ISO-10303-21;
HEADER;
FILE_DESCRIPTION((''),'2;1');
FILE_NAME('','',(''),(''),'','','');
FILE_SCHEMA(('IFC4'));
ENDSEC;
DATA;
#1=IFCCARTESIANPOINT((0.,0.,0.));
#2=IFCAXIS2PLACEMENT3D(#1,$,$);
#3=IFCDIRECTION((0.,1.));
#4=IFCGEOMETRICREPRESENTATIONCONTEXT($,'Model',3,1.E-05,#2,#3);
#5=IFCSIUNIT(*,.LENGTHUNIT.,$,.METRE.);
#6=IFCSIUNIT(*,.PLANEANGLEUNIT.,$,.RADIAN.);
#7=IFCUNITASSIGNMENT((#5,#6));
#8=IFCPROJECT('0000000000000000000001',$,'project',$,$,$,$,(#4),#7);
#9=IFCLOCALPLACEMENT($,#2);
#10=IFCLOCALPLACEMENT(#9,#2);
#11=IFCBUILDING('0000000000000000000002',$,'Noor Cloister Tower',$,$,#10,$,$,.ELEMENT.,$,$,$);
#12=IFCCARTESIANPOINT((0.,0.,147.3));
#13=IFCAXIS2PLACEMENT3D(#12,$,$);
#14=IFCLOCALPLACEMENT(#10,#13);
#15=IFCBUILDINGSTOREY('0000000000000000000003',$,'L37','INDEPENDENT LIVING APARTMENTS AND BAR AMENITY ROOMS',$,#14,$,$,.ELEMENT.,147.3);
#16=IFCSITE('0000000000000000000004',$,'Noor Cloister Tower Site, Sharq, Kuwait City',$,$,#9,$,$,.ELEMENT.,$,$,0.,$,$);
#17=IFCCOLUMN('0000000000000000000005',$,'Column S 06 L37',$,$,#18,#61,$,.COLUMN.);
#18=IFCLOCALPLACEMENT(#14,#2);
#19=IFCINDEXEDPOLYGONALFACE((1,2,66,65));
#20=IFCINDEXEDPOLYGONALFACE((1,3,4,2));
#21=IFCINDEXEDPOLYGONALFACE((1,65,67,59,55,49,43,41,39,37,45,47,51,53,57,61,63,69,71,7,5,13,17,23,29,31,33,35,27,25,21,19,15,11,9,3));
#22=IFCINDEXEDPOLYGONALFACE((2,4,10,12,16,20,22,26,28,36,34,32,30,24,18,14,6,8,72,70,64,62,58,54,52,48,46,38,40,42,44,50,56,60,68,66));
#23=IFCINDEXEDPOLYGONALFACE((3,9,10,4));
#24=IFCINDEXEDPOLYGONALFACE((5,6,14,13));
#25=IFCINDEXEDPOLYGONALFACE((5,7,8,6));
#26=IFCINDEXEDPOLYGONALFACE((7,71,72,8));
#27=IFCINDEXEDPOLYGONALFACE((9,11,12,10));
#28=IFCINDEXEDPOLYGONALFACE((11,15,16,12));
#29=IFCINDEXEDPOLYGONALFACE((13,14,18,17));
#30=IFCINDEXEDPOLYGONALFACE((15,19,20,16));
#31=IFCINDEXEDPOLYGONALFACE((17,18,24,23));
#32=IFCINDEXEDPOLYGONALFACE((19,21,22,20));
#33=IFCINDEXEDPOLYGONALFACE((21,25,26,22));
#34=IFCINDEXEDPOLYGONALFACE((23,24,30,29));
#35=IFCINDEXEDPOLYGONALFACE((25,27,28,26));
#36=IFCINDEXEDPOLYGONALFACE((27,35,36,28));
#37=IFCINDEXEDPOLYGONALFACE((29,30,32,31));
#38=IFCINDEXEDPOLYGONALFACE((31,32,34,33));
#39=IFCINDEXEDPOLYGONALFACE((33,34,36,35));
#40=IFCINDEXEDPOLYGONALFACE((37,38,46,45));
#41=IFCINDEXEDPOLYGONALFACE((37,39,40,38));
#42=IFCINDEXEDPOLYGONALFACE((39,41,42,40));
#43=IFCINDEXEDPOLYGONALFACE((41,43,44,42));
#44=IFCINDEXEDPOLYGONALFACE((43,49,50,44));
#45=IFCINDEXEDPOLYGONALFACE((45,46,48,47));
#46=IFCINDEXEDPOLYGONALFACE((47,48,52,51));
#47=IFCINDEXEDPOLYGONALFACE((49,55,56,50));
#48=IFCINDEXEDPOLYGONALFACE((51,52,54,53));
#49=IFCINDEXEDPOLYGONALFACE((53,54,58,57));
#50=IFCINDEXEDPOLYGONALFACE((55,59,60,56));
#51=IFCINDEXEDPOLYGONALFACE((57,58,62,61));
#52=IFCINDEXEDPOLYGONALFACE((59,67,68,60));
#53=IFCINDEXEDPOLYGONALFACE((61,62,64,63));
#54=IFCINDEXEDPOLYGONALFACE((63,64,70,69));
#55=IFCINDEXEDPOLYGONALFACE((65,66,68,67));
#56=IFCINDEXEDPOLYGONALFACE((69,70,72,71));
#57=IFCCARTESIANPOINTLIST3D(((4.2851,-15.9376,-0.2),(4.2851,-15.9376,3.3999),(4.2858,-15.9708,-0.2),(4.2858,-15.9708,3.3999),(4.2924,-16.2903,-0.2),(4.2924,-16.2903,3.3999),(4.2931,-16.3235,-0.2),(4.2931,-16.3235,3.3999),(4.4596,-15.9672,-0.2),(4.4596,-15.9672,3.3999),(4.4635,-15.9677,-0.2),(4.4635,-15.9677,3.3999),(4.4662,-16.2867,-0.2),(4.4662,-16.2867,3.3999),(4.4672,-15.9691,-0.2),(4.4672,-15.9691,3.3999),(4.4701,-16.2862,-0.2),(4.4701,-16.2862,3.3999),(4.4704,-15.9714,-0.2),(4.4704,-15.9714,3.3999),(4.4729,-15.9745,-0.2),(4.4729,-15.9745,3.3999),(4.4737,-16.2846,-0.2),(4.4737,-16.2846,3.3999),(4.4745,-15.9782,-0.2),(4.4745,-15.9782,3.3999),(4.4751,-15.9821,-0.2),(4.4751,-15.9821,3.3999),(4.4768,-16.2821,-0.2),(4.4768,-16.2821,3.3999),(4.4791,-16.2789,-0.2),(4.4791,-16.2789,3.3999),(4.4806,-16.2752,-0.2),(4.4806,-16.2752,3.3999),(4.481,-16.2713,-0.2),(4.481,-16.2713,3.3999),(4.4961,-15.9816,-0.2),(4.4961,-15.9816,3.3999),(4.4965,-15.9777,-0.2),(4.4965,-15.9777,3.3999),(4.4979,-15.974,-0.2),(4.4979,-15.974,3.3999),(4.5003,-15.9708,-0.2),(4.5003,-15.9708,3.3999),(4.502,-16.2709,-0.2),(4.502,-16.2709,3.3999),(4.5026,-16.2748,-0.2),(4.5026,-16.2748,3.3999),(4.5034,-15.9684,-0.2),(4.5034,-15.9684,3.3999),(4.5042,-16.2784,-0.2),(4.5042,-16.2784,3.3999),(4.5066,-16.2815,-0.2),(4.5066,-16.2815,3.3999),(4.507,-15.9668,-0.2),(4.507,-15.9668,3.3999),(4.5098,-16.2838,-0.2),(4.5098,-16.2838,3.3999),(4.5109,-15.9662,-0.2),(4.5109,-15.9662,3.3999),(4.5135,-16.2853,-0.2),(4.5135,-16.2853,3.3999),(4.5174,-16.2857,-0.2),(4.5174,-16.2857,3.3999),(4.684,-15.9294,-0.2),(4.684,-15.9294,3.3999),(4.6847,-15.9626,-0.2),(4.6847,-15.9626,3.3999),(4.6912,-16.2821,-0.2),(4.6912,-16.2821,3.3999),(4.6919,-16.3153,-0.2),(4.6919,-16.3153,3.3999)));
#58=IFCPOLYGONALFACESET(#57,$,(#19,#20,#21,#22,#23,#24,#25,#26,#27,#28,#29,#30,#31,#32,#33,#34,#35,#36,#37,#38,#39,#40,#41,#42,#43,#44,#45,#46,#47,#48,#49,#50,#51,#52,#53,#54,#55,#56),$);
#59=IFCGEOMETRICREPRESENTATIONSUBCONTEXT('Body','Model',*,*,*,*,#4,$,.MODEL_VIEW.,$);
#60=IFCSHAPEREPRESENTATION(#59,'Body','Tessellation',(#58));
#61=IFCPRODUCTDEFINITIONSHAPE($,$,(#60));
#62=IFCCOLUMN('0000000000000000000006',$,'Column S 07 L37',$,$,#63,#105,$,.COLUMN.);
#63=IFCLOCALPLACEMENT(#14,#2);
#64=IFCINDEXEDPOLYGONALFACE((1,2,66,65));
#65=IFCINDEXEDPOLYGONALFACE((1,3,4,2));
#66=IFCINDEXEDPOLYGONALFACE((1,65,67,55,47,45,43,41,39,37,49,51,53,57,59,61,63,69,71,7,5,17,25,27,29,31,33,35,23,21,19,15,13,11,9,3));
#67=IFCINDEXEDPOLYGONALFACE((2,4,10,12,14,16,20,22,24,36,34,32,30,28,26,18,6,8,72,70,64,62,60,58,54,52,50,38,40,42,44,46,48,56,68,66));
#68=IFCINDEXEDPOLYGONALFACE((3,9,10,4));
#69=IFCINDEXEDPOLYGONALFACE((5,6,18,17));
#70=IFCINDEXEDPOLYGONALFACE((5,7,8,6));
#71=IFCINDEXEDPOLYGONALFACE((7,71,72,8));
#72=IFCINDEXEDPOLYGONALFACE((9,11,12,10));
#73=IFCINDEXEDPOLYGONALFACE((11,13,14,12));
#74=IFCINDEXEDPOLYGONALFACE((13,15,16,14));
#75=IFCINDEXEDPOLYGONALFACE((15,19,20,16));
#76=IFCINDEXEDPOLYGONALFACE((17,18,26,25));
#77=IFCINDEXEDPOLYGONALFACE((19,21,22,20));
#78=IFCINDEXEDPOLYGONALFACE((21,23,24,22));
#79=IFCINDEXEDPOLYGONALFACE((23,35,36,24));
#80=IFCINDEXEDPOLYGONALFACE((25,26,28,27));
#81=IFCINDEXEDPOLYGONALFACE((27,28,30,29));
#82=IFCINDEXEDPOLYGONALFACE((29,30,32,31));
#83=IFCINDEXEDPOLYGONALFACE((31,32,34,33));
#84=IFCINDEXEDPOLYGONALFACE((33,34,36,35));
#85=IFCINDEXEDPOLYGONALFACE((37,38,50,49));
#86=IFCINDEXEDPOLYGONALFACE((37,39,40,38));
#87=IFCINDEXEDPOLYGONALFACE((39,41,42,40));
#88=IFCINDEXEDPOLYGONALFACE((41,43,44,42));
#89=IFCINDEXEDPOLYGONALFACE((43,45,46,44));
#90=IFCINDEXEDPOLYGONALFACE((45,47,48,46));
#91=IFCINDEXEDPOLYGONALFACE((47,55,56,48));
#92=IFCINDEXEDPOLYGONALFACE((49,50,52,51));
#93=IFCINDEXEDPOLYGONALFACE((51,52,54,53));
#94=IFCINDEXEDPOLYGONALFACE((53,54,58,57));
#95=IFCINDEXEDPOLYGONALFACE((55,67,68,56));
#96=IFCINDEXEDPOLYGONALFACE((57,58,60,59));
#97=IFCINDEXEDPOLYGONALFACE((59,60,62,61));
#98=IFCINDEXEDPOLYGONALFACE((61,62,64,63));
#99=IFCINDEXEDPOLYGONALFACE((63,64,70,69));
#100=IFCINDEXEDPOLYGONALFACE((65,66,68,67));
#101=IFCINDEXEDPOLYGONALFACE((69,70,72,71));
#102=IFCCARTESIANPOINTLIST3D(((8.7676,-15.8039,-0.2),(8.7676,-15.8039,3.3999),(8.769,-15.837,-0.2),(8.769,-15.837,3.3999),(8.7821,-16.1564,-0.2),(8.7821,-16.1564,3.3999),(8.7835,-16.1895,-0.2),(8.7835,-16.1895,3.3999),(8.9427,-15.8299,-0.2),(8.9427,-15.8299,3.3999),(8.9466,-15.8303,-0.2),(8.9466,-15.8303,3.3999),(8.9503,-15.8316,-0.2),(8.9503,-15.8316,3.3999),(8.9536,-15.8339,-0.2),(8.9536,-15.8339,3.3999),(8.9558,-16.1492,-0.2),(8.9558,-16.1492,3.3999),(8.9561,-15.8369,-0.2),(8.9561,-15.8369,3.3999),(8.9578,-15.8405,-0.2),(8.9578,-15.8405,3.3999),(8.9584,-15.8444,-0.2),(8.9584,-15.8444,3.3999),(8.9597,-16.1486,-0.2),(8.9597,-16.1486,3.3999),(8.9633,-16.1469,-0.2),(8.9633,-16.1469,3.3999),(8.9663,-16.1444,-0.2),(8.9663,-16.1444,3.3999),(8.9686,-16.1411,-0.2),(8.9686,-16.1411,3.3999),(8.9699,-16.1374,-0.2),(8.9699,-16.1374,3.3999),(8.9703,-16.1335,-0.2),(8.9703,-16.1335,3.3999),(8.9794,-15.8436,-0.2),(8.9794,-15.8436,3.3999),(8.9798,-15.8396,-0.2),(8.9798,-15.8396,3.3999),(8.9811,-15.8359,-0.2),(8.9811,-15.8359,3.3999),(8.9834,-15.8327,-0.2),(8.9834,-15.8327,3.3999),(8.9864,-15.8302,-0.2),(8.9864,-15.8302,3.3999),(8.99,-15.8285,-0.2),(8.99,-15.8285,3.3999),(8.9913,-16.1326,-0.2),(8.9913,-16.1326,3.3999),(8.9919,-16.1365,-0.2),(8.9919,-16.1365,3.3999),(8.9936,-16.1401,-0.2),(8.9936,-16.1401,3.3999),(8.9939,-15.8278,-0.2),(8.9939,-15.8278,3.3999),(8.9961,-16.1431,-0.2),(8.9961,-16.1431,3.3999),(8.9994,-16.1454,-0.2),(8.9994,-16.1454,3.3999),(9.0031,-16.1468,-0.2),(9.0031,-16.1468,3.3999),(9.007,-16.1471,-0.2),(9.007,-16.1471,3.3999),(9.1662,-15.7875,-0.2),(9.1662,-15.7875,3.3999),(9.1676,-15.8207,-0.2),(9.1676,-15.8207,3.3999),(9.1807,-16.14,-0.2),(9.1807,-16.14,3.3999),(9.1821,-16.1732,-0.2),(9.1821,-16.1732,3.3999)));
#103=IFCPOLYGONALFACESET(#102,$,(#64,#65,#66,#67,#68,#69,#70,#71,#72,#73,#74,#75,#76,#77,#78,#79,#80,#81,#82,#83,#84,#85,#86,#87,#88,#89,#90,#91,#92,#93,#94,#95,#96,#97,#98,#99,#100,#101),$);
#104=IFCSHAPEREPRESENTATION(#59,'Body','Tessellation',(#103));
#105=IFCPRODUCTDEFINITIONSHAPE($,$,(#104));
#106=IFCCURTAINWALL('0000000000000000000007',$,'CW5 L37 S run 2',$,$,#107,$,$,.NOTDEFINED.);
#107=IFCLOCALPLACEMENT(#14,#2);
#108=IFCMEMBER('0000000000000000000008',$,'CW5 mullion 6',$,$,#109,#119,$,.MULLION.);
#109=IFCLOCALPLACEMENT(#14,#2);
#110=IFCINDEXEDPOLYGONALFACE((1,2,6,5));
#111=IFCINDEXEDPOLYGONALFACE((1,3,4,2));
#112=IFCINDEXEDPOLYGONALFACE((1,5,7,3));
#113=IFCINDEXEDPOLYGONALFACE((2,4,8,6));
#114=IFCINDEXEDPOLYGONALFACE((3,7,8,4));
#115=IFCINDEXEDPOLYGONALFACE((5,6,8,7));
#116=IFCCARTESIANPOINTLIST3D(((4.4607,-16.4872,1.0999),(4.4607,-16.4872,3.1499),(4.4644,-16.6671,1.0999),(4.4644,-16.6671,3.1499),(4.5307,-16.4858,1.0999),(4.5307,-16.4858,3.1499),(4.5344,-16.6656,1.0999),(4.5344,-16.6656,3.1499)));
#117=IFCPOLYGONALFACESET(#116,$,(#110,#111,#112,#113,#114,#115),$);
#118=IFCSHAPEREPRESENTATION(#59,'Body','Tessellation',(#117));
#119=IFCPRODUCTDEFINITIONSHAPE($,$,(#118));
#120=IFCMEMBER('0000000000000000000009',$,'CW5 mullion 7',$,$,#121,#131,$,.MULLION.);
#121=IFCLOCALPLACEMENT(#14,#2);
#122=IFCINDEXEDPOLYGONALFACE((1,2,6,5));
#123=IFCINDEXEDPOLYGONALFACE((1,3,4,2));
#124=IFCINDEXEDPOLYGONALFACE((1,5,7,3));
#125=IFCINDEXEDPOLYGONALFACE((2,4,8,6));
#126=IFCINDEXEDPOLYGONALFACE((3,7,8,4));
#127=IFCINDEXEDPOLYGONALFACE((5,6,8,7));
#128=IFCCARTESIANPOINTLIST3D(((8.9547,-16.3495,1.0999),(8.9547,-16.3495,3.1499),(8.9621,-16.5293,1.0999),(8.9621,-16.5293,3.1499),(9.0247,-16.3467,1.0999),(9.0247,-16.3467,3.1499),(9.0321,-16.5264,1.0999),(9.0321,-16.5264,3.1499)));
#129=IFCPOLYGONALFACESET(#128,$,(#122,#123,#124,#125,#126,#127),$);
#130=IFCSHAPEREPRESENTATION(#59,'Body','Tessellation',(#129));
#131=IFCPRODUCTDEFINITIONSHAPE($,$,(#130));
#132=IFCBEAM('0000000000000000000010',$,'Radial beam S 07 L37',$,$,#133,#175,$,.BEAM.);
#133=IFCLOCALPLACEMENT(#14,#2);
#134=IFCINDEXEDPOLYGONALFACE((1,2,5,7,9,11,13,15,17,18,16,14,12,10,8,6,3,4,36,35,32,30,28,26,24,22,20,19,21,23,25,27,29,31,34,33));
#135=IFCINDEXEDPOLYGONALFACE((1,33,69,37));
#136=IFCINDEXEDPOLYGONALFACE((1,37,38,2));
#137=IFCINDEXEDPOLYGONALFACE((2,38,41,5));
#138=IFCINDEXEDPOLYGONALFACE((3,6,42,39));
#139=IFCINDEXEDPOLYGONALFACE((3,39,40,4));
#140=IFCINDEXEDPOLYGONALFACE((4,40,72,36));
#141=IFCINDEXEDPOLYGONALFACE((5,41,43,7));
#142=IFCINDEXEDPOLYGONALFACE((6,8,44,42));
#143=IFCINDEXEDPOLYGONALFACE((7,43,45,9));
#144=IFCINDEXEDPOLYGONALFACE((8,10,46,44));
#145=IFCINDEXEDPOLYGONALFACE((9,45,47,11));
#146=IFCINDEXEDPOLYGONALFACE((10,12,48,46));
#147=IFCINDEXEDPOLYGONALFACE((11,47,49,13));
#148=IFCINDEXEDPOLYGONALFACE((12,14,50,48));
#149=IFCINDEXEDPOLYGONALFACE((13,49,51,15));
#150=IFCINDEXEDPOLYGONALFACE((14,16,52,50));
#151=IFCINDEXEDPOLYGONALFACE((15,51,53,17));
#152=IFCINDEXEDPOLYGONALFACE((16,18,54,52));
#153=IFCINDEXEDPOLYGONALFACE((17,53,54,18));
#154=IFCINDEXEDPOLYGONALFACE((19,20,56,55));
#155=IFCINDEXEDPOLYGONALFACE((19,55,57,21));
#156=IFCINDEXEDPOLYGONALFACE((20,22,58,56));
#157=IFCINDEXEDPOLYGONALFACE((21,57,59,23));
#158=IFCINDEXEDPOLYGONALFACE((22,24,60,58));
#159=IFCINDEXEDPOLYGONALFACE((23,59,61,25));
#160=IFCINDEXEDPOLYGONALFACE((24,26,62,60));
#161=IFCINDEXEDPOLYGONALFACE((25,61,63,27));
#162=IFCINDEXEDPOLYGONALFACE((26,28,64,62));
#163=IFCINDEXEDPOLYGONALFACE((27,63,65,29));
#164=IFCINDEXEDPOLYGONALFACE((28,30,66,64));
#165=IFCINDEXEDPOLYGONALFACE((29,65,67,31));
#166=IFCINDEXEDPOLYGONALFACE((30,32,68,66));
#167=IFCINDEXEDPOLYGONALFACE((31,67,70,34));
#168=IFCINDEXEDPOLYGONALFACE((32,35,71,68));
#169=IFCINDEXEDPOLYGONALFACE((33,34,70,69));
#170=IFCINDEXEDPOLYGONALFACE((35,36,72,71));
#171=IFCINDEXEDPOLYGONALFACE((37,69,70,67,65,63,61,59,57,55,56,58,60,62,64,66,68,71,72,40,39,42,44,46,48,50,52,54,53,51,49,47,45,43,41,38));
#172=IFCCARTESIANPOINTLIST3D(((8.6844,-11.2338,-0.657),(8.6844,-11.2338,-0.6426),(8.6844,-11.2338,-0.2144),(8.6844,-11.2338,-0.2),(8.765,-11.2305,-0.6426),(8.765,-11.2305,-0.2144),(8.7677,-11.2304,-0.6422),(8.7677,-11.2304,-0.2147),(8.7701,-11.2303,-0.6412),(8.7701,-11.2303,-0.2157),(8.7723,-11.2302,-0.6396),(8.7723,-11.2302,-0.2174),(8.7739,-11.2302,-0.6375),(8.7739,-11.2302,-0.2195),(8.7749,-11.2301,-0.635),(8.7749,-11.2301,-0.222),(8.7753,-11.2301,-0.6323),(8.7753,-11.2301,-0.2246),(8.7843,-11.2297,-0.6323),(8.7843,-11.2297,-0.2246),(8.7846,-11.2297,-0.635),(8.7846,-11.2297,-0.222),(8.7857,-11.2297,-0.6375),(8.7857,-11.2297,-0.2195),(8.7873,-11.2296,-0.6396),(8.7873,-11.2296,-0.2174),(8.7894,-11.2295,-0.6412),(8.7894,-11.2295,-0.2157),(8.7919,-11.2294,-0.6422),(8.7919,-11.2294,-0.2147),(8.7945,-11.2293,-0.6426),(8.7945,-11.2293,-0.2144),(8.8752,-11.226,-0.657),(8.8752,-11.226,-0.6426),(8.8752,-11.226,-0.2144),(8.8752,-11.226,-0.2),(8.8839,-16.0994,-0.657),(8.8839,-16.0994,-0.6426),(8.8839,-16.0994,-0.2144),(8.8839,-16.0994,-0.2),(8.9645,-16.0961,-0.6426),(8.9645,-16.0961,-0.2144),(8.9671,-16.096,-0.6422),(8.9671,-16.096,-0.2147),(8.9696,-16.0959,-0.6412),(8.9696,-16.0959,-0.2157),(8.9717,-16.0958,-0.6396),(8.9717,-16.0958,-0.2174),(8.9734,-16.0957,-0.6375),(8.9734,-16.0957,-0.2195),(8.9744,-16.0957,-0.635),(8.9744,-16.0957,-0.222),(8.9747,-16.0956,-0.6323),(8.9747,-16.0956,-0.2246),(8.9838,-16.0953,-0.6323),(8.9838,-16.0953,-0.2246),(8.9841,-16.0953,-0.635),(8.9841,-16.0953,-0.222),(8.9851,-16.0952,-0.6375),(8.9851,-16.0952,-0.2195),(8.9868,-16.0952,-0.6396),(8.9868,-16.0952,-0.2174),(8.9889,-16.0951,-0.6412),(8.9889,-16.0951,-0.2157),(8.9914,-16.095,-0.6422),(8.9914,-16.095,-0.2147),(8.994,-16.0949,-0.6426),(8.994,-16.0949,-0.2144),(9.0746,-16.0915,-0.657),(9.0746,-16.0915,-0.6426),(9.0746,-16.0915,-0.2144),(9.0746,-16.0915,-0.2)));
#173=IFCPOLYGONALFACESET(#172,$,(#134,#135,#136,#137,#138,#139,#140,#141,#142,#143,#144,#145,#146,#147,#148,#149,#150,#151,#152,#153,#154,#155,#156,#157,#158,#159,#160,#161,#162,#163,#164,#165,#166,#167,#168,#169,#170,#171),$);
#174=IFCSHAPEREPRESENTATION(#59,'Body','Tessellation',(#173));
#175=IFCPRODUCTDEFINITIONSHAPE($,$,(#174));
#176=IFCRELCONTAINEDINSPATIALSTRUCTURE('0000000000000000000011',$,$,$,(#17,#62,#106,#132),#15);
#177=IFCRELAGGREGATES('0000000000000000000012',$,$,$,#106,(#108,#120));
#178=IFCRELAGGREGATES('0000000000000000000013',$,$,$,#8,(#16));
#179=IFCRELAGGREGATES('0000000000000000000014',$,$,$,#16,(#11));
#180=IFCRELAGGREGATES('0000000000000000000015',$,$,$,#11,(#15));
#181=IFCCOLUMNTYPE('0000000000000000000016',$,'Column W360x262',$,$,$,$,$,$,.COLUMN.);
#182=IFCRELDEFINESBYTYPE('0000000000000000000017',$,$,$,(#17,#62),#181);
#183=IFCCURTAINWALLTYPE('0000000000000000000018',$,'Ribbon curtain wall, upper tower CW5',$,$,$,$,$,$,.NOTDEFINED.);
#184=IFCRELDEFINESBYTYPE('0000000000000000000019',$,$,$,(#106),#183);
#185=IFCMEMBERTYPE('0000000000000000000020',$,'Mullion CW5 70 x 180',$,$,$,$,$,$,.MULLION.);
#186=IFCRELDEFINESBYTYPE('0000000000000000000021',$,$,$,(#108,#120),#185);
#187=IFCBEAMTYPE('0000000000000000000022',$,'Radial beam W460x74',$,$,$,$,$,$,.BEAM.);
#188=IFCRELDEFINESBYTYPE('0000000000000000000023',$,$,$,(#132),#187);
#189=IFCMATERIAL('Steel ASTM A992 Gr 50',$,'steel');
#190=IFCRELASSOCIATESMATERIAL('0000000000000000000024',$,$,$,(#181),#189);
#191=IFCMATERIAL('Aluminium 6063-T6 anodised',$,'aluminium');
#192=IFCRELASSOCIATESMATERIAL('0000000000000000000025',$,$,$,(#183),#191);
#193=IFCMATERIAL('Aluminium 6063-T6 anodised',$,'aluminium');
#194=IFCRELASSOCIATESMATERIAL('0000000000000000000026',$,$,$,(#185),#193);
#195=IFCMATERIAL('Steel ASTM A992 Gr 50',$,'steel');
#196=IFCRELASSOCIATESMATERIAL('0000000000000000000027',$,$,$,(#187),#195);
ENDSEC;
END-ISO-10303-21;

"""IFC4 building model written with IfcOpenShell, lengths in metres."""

from ifc_helpers import new_model, si_unit, direction, frame, origin, origin_2d, place, context, subcontext, project, spatial, rectangle, i_section, extrude, material, material_profile, profile_set, type_object, element, aggregate, save


model = new_model("IFC4")

# Units and contexts
model_context = context("Model", 3, precision=1e-05, world=origin(), true_north=direction((0.0, 1.0)))
body_context = subcontext(model_context, "Body", "Model", "MODEL_VIEW")
ifc_project = project(units=[si_unit("LENGTHUNIT", "METRE"), si_unit("PLANEANGLEUNIT", "RADIAN")], contexts=[model_context])

# Site, building, storey
site_placement = place(None, origin())
site = spatial("IfcSite", under=ifc_project, at=site_placement, Name="Noor Cloister Tower Site, Sharq, Kuwait City", CompositionType="ELEMENT", RefElevation=0.0)
building_placement = place(site_placement, origin())
building = spatial("IfcBuilding", under=site, at=building_placement, Name="Noor Cloister Tower", CompositionType="ELEMENT")
storey_placement = place(building_placement, frame((0.0, 0.0, 147.3)))
storey = spatial("IfcBuildingStorey", under=building, at=storey_placement, Name="L37", Description="INDEPENDENT LIVING APARTMENTS AND BAR AMENITY ROOMS", CompositionType="ELEMENT", Elevation=147.3)

# Columns
ifc_material_1 = material(Name="Steel ASTM A992 Gr 50", Category="steel")
ifc_material_profile_1 = material_profile(ifc_material_1, i_section(OverallWidth=0.3989, OverallDepth=0.386, WebThickness=0.021, FlangeThickness=0.0332, FilletRadius=0.0151, at=origin_2d()), Name="W360x262")
ifc_profile_set_1 = profile_set([ifc_material_profile_1], Name="Steel ASTM A992 Gr 50")
column_type = type_object("IfcColumnType", Name="Column W360x262", PredefinedType="COLUMN", material=ifc_profile_set_1)
for number, where, z_axis, x_axis, name in (
    (1, (4.4885, -16.1265, -0.2), (0.0, 0.0, 1.0), (0.99979, 0.020502, 0.0), "Column S 06 L37"),
    (2, (8.9749, -15.9885, -0.2), (0.0, 0.0, 1.0), (0.999159, 0.040995, 0.0), "Column S 07 L37"),
):
    element("IfcColumn", number, at=place(storey_placement, frame(where, z_axis=z_axis, x_axis=x_axis)), inside=storey, type_object=column_type, Name=name, PredefinedType="COLUMN", context=body_context, shape_type="SweptSolid", body=[
        extrude(i_section(OverallWidth=0.3989, OverallDepth=0.386, WebThickness=0.021, FlangeThickness=0.0332, FilletRadius=0.0151, at=origin_2d()), origin(), (0.0, 0.0, 1.0), 3.5999),
    ])

# Curtain wall, members
ifc_material_2 = material(Name="Aluminium 6063-T6 anodised", Category="aluminium")
curtain_wall_type = type_object("IfcCurtainWallType", Name="Ribbon curtain wall, upper tower CW5", PredefinedType="NOTDEFINED", material=ifc_material_2)
curtain_wall_placement = place(storey_placement, origin())
curtain_wall = element("IfcCurtainWall", 3, at=curtain_wall_placement, inside=storey, type_object=curtain_wall_type, Name="CW5 L37 S run 2", PredefinedType="NOTDEFINED")
ifc_material_3 = material(Name="Aluminium 6063-T6 anodised", Category="aluminium")
ifc_material_profile_2 = material_profile(ifc_material_3, rectangle(XDim=0.1799, YDim=0.0701, at=origin_2d()), Name="180 x 70 mullion")
ifc_profile_set_2 = profile_set([ifc_material_profile_2], Name="Aluminium 6063-T6 anodised")
member_type = type_object("IfcMemberType", Name="Mullion CW5 70 x 180", PredefinedType="MULLION", material=ifc_profile_set_2)
member_1_placement = place(storey_placement, frame((4.4976, -16.5764, 1.0999), z_axis=(0.0, 0.0, 1.0), x_axis=(-0.020502, 0.99979, 0.0)))
member_1 = element("IfcMember", 4, at=member_1_placement, type_object=member_type, Name="CW5 mullion 6", PredefinedType="MULLION", context=body_context, shape_type="SweptSolid", body=[
    extrude(rectangle(XDim=0.1799, YDim=0.0701, at=origin_2d()), origin(), (0.0, 0.0, 1.0), 2.05),
])
member_2_placement = place(storey_placement, frame((8.9934, -16.438, 1.0999), z_axis=(0.0, 0.0, 1.0), x_axis=(-0.040995, 0.999159, 0.0)))
member_2 = element("IfcMember", 5, at=member_2_placement, type_object=member_type, Name="CW5 mullion 7", PredefinedType="MULLION", context=body_context, shape_type="SweptSolid", body=[
    extrude(rectangle(XDim=0.1799, YDim=0.0701, at=origin_2d()), origin(), (0.0, 0.0, 1.0), 2.05),
])

# Beam
ifc_material_4 = material(Name="Steel ASTM A992 Gr 50", Category="steel")
ifc_material_profile_3 = material_profile(ifc_material_4, i_section(OverallWidth=0.1909, OverallDepth=0.457, WebThickness=0.009, FlangeThickness=0.0144, FilletRadius=0.0103, at=origin_2d()), Name="W460x74")
ifc_profile_set_3 = profile_set([ifc_material_profile_3], Name="Steel ASTM A992 Gr 50")
beam_type_1 = type_object("IfcBeamType", Name="Radial beam W460x74", PredefinedType="BEAM", material=ifc_profile_set_3)
beam_1_placement = place(storey_placement, frame((8.9792, -16.0955, -0.4285), z_axis=(-0.040961, 0.999161, 0.0), x_axis=(-0.999161, -0.040961, 0.0)))
element("IfcBeam", 6, at=beam_1_placement, inside=storey, type_object=beam_type_1, Name="Radial beam S 07 L37", PredefinedType="BEAM", context=body_context, shape_type="SweptSolid", body=[
    extrude(i_section(OverallWidth=0.1909, OverallDepth=0.457, WebThickness=0.009, FlangeThickness=0.0144, FilletRadius=0.0103, at=origin_2d()), origin(), (0.0, 0.0, 1.0), 4.8696),
])

aggregate(curtain_wall, [member_1, member_2])

save(model, "model.ifc")
